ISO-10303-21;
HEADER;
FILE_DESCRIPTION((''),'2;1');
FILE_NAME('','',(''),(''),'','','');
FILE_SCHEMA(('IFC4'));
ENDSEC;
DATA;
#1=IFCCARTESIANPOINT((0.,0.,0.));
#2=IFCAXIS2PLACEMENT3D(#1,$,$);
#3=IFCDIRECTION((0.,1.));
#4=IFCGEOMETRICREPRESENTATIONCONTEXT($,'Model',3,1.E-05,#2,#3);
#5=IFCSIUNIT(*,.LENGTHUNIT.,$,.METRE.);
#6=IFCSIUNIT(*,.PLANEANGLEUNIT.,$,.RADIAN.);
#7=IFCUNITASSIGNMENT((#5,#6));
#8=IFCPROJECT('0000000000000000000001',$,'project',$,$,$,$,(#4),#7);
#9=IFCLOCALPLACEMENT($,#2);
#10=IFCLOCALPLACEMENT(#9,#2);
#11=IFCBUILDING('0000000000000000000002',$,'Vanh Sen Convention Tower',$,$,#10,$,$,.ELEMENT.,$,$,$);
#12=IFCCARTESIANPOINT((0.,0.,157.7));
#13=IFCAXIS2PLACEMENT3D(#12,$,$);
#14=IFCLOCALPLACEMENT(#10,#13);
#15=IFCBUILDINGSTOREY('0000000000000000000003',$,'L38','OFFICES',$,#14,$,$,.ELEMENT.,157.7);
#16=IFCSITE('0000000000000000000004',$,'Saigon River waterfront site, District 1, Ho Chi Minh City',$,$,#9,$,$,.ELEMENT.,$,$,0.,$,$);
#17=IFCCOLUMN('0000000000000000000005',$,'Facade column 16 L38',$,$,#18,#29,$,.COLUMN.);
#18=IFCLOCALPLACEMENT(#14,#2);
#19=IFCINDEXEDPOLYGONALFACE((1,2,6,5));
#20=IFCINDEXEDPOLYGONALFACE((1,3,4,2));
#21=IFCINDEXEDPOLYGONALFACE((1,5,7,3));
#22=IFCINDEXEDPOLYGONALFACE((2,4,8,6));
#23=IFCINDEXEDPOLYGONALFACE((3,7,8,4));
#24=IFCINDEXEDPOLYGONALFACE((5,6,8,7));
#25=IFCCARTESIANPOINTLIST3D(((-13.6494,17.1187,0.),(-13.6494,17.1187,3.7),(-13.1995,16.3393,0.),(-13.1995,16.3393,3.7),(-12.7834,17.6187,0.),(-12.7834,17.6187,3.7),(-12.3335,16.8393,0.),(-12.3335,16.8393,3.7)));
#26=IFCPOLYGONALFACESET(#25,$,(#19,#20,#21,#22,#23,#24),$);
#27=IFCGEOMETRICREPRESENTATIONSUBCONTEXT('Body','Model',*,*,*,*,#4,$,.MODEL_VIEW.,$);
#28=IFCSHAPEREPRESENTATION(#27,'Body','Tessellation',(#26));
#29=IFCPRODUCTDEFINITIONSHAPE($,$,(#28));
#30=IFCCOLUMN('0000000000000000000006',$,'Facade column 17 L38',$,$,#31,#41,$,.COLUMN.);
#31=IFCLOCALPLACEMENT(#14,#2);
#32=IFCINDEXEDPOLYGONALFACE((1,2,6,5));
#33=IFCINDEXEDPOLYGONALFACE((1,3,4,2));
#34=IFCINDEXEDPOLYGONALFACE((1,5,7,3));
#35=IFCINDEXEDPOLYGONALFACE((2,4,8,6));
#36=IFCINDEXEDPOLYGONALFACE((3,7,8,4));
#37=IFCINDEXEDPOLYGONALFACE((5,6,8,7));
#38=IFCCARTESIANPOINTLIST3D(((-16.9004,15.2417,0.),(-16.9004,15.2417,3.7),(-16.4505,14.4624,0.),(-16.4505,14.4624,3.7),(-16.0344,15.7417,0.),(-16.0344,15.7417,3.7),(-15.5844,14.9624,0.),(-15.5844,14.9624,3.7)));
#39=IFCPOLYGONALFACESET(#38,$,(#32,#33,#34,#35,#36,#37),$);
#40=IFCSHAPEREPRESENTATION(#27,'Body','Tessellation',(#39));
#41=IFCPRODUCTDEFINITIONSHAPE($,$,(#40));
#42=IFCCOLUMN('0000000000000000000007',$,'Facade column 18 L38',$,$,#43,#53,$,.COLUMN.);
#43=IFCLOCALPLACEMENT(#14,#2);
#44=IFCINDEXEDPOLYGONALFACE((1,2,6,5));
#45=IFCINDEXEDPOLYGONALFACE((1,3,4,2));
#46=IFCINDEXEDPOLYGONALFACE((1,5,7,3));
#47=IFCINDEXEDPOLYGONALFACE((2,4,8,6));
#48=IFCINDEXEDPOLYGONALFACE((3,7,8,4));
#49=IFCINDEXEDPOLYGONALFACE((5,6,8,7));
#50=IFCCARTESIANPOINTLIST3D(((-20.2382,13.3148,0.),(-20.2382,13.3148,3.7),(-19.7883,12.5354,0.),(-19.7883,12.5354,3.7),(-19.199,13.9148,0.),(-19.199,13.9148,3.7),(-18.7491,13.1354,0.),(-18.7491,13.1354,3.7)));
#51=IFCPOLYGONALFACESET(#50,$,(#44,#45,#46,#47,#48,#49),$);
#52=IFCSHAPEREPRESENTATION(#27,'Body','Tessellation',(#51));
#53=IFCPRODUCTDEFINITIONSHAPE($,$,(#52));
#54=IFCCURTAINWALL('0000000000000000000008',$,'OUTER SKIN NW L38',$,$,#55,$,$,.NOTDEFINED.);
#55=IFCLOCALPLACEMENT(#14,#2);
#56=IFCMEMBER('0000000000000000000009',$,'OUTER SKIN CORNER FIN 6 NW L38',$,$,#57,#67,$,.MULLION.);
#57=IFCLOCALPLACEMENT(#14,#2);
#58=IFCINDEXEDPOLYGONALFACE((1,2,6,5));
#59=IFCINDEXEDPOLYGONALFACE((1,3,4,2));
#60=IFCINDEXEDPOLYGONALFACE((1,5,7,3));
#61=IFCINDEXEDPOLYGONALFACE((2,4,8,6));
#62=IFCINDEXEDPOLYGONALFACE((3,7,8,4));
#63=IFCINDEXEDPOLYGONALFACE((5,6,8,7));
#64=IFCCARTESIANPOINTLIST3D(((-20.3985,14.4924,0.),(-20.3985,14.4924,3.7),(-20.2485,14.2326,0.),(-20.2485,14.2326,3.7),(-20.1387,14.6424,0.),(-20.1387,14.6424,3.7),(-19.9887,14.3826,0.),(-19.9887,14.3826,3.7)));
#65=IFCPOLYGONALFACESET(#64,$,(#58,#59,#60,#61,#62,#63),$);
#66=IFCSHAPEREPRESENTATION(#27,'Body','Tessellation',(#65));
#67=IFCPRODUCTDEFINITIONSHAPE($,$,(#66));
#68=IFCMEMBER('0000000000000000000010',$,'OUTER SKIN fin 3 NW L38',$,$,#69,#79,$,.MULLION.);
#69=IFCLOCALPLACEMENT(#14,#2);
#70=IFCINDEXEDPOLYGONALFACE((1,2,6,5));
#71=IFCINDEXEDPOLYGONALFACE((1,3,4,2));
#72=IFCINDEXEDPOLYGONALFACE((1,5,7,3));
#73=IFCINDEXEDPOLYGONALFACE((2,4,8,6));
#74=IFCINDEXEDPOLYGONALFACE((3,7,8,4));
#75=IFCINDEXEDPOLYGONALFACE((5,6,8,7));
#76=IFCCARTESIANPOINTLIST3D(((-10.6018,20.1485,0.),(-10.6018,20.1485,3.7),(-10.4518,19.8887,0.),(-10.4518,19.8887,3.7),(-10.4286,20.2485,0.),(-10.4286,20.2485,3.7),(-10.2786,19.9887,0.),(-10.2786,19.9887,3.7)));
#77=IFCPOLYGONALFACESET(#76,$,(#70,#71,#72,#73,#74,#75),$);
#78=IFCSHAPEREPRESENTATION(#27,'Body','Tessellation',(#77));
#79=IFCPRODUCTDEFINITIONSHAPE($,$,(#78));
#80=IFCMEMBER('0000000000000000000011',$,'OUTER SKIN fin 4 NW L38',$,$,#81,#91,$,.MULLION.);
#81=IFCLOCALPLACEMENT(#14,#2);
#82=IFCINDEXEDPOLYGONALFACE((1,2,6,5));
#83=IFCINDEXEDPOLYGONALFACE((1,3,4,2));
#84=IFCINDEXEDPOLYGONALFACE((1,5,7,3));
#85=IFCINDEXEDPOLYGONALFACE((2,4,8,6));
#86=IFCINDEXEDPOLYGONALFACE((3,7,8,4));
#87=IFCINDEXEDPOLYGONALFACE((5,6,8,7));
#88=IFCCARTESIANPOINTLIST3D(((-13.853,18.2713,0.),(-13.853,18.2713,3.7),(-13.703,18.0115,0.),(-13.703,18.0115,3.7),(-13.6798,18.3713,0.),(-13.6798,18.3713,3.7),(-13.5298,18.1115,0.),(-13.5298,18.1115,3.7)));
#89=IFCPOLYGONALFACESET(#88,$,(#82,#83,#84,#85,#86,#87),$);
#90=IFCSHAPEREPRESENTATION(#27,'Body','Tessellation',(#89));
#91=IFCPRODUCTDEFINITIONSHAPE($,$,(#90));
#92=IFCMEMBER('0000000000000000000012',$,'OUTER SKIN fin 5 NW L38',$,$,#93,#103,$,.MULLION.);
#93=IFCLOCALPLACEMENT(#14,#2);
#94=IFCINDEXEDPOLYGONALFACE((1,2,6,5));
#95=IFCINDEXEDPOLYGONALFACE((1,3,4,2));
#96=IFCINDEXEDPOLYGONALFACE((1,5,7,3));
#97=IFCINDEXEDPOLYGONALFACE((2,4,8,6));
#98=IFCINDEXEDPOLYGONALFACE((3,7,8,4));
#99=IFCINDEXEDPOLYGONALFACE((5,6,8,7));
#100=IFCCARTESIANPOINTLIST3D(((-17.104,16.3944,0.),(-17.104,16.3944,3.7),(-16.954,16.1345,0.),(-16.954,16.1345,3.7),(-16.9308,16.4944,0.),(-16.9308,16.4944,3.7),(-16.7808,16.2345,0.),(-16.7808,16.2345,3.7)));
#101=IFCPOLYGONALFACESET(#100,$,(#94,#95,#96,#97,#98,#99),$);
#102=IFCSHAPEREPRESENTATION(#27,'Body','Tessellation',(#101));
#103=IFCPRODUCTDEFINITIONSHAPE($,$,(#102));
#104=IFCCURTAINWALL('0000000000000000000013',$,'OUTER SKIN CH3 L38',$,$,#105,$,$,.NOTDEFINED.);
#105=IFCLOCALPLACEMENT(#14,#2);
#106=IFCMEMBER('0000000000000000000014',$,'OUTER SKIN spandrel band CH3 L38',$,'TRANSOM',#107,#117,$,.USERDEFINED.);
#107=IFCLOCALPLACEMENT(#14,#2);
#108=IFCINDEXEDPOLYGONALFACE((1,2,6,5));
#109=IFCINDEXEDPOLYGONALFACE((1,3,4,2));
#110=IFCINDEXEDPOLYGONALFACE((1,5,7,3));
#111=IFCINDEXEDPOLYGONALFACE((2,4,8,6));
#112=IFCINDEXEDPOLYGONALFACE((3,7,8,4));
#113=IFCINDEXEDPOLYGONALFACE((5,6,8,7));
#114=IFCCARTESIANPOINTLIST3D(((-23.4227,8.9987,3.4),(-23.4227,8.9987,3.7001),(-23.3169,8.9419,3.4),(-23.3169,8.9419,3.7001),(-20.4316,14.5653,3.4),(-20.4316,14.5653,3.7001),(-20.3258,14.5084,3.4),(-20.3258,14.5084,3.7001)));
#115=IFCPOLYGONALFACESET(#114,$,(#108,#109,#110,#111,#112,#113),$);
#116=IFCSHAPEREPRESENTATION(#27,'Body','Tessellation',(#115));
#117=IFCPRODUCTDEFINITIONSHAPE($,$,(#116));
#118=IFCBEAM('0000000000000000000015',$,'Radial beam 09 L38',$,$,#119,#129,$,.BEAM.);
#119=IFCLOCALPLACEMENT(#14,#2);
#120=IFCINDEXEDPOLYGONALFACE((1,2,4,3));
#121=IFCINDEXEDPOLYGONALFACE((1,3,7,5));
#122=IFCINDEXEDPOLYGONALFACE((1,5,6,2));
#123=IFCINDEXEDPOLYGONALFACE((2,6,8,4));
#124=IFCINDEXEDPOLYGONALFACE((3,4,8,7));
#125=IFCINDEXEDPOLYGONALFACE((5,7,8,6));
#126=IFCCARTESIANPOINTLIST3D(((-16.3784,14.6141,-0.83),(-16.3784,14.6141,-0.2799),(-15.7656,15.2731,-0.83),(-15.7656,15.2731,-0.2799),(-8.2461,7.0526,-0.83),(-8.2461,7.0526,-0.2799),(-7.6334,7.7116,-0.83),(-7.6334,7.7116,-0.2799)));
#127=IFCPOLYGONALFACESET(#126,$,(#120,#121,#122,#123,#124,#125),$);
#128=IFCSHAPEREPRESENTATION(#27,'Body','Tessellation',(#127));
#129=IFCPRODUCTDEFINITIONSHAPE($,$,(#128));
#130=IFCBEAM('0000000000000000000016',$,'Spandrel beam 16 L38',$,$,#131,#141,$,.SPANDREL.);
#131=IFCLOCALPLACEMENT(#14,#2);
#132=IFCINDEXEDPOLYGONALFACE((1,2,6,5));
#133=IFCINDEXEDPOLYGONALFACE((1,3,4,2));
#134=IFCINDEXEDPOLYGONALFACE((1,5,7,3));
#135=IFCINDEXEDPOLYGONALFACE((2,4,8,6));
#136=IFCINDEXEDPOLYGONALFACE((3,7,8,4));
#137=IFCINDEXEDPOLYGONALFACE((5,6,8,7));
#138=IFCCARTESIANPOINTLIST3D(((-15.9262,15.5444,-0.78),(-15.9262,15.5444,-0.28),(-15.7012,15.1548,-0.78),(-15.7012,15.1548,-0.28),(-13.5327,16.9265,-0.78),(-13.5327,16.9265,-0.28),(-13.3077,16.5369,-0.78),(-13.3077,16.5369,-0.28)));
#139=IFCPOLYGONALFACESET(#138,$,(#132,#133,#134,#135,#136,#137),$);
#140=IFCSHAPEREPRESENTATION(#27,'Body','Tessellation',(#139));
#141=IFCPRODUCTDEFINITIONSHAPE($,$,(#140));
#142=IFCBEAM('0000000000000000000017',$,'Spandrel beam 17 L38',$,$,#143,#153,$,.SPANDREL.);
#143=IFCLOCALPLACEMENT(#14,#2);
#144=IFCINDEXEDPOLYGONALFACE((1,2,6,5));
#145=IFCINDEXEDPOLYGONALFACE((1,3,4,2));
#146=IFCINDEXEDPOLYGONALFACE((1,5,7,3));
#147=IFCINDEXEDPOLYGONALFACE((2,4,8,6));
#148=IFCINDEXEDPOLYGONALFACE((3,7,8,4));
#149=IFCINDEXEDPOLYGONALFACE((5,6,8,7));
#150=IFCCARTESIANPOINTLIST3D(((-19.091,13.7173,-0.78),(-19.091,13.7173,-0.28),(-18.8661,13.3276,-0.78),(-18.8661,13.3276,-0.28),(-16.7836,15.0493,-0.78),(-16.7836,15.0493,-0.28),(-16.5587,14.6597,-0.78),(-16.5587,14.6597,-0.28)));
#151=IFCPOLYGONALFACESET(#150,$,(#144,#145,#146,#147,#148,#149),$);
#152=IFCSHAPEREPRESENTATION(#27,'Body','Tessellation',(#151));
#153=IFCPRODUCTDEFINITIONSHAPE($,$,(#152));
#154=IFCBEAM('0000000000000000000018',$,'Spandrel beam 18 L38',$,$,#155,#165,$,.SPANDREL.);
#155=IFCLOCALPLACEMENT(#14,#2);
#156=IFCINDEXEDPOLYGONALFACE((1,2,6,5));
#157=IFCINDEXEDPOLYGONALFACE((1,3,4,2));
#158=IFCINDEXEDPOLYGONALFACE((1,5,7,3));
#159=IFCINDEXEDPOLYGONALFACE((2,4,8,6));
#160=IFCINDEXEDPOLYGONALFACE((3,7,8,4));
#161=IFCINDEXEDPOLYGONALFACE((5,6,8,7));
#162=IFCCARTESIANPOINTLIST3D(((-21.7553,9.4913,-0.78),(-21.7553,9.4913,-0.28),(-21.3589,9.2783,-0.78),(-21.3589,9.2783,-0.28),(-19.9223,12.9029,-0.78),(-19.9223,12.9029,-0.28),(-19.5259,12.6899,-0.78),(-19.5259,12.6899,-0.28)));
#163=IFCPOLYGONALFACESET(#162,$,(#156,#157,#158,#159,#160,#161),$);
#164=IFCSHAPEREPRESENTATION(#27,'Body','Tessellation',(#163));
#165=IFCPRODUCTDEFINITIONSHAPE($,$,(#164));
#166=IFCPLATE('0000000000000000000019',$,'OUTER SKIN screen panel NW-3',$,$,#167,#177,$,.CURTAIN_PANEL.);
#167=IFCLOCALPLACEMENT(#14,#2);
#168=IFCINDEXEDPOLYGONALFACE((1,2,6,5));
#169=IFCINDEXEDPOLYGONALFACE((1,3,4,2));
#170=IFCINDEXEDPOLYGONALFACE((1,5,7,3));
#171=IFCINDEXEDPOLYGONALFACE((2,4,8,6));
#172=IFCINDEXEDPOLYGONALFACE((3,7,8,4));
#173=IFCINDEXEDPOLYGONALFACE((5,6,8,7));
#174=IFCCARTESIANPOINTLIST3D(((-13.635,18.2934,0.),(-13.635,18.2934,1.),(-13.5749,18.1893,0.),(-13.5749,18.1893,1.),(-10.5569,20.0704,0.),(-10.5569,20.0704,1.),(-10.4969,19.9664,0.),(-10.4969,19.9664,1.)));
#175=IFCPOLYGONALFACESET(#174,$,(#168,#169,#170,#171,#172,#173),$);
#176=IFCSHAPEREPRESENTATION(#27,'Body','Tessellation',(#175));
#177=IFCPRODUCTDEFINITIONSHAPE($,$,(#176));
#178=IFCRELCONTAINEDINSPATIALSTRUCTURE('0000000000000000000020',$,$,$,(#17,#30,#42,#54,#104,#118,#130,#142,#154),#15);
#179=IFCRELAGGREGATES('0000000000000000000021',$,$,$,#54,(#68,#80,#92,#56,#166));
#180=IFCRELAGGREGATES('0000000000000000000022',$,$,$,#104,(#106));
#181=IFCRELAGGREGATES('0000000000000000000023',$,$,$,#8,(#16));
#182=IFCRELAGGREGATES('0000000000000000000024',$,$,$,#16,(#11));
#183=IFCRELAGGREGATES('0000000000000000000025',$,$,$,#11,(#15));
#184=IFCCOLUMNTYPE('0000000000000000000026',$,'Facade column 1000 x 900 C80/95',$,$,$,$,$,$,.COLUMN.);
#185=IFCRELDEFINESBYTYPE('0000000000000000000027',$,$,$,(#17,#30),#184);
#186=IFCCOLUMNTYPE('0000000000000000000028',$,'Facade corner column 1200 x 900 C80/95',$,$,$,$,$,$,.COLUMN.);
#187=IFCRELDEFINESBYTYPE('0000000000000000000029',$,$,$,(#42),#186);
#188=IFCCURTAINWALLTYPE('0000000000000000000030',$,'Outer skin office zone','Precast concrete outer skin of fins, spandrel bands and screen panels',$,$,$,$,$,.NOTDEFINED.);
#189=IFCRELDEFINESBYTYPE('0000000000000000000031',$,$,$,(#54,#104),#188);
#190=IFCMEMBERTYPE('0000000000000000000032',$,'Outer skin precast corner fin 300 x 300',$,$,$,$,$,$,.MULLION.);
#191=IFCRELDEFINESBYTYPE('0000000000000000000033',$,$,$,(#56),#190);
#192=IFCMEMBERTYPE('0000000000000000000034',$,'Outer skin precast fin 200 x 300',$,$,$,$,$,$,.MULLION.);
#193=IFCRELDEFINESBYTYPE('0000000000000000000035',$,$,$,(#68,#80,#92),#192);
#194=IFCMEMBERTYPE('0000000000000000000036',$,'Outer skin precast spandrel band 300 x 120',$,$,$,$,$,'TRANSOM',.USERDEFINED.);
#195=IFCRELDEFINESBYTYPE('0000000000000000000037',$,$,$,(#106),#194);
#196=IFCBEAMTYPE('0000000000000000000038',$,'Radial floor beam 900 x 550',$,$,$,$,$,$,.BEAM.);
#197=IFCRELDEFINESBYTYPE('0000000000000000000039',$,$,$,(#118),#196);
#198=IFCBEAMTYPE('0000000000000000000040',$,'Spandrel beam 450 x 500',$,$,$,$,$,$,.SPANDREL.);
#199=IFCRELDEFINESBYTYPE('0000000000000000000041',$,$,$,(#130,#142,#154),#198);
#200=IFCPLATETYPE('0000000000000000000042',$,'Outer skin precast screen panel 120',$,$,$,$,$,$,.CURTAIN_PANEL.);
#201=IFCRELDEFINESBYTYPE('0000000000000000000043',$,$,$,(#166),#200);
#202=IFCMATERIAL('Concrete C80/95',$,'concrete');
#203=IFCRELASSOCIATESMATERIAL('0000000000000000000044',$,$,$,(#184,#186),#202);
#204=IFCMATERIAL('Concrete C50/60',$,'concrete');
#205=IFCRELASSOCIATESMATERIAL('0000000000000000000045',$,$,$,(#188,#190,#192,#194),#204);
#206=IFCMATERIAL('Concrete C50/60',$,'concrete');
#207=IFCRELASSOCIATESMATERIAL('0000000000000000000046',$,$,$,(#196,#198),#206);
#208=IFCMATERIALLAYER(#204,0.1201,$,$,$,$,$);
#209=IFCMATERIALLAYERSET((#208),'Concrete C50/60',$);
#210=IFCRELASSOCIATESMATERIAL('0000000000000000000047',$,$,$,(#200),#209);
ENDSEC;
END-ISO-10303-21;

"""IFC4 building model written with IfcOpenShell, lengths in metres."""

from ifc_helpers import new_model, si_unit, direction, frame, origin, origin_2d, place, context, subcontext, project, spatial, rectangle, extrude, material, layer, layer_set, material_profile, profile_set, type_object, element, aggregate, save


model = new_model("IFC4")

# Units and contexts
model_context = context("Model", 3, precision=1e-05, world=origin(), true_north=direction((0.0, 1.0)))
body_context = subcontext(model_context, "Body", "Model", "MODEL_VIEW")
ifc_project = project(units=[si_unit("LENGTHUNIT", "METRE"), si_unit("PLANEANGLEUNIT", "RADIAN")], contexts=[model_context])

# Site, building, storey
site_placement = place(None, origin())
site = spatial("IfcSite", under=ifc_project, at=site_placement, Name="Saigon River waterfront site, District 1, Ho Chi Minh City", CompositionType="ELEMENT", RefElevation=0.0)
building_placement = place(site_placement, origin())
building = spatial("IfcBuilding", under=site, at=building_placement, Name="Vanh Sen Convention Tower", CompositionType="ELEMENT")
storey_placement = place(building_placement, frame((0.0, 0.0, 157.7)))
storey = spatial("IfcBuildingStorey", under=building, at=storey_placement, Name="L38", Description="OFFICES", CompositionType="ELEMENT", Elevation=157.7)

# Columns
ifc_material_1 = material(Name="Concrete C80/95", Category="concrete")
ifc_material_profile_1 = material_profile(ifc_material_1, rectangle(XDim=1.0, YDim=0.8999, at=origin_2d()), Name="RC 1000X900")
ifc_profile_set_1 = profile_set([ifc_material_profile_1], Name="Concrete C80/95")
column_type_1 = type_object("IfcColumnType", Name="Facade column 1000 x 900 C80/95", PredefinedType="COLUMN", material=ifc_profile_set_1)
for number, where, z_axis, x_axis, name in (
    (1, (-12.9915, 16.979, 0.0), (0.0, 0.0, 1.0), (-0.866025, -0.5, 0.0), "Facade column 16 L38"),
    (2, (-16.2424, 15.1021, 0.0), (0.0, 0.0, 1.0), (-0.866025, -0.5, 0.0), "Facade column 17 L38"),
):
    element("IfcColumn", number, at=place(storey_placement, frame(where, z_axis=z_axis, x_axis=x_axis)), inside=storey, type_object=column_type_1, Name=name, PredefinedType="COLUMN", context=body_context, shape_type="SweptSolid", body=[
        extrude(rectangle(XDim=1.0, YDim=0.8999, at=origin_2d()), origin(), (0.0, 0.0, 1.0), 3.7),
    ])
ifc_material_profile_2 = material_profile(ifc_material_1, rectangle(XDim=1.2, YDim=0.8999, at=origin_2d()), Name="RC 1200X900")
ifc_profile_set_2 = profile_set([ifc_material_profile_2], Name="Concrete C80/95")
column_type_2 = type_object("IfcColumnType", Name="Facade corner column 1200 x 900 C80/95", PredefinedType="COLUMN", material=ifc_profile_set_2)
column_placement = place(storey_placement, frame((-19.4937, 13.2251, 0.0), z_axis=(0.0, 0.0, 1.0), x_axis=(-0.866025, -0.5, 0.0)))
element("IfcColumn", 3, at=column_placement, inside=storey, type_object=column_type_2, Name="Facade column 18 L38", PredefinedType="COLUMN", context=body_context, shape_type="SweptSolid", body=[
    extrude(rectangle(XDim=1.2, YDim=0.8999, at=origin_2d()), origin(), (0.0, 0.0, 1.0), 3.7),
])

# Curtain wall, members
ifc_material_2 = material(Name="Concrete C50/60", Category="concrete")
curtain_wall_type = type_object("IfcCurtainWallType", Name="Outer skin office zone", Description="Precast concrete outer skin of fins, spandrel bands and screen panels", PredefinedType="NOTDEFINED", material=ifc_material_2)
curtain_wall_1_placement = place(storey_placement, origin())
curtain_wall_1 = element("IfcCurtainWall", 4, at=curtain_wall_1_placement, inside=storey, type_object=curtain_wall_type, Name="OUTER SKIN NW L38", PredefinedType="NOTDEFINED")
ifc_material_profile_3 = material_profile(ifc_material_2, rectangle(XDim=0.3, YDim=0.3, at=origin_2d()), Name="Outer skin precast corner fin 300 x 300")
ifc_profile_set_3 = profile_set([ifc_material_profile_3], Name="Concrete C50/60")
member_type_1 = type_object("IfcMemberType", Name="Outer skin precast corner fin 300 x 300", PredefinedType="MULLION", material=ifc_profile_set_3)
member_1_placement = place(storey_placement, frame((-20.1936, 14.4375, 0.0), z_axis=(0.0, 0.0, 1.0), x_axis=(-0.866025, -0.5, 0.0)))
member_1 = element("IfcMember", 5, at=member_1_placement, type_object=member_type_1, Name="OUTER SKIN CORNER FIN 6 NW L38", PredefinedType="MULLION", context=body_context, shape_type="SweptSolid", body=[
    extrude(rectangle(XDim=0.3, YDim=0.3, at=origin_2d()), origin(), (0.0, 0.0, 1.0), 3.7),
])
ifc_material_profile_4 = material_profile(ifc_material_2, rectangle(XDim=0.2, YDim=0.3, at=origin_2d()), Name="Outer skin precast fin 200 x 300")
ifc_profile_set_4 = profile_set([ifc_material_profile_4], Name="Concrete C50/60")
member_type_2 = type_object("IfcMemberType", Name="Outer skin precast fin 200 x 300", PredefinedType="MULLION", material=ifc_profile_set_4)
member_2_placement = place(storey_placement, frame((-10.4402, 20.0686, 0.0), z_axis=(0.0, 0.0, 1.0), x_axis=(-0.866025, -0.5, 0.0)))
member_2 = element("IfcMember", 6, at=member_2_placement, type_object=member_type_2, Name="OUTER SKIN fin 3 NW L38", PredefinedType="MULLION", context=body_context, shape_type="SweptSolid", body=[
    extrude(rectangle(XDim=0.2, YDim=0.3, at=origin_2d()), origin(), (0.0, 0.0, 1.0), 3.7),
])
member_3_placement = place(storey_placement, frame((-13.6914, 18.1914, 0.0), z_axis=(0.0, 0.0, 1.0), x_axis=(-0.866025, -0.5, 0.0)))
member_3 = element("IfcMember", 7, at=member_3_placement, type_object=member_type_2, Name="OUTER SKIN fin 4 NW L38", PredefinedType="MULLION", context=body_context, shape_type="SweptSolid", body=[
    extrude(rectangle(XDim=0.2, YDim=0.3, at=origin_2d()), origin(), (0.0, 0.0, 1.0), 3.7),
])
member_4_placement = place(storey_placement, frame((-16.9424, 16.3145, 0.0), z_axis=(0.0, 0.0, 1.0), x_axis=(-0.866025, -0.5, 0.0)))
member_4 = element("IfcMember", 8, at=member_4_placement, type_object=member_type_2, Name="OUTER SKIN fin 5 NW L38", PredefinedType="MULLION", context=body_context, shape_type="SweptSolid", body=[
    extrude(rectangle(XDim=0.2, YDim=0.3, at=origin_2d()), origin(), (0.0, 0.0, 1.0), 3.7),
])

# Curtain wall, member
curtain_wall_2_placement = place(storey_placement, origin())
curtain_wall_2 = element("IfcCurtainWall", 9, at=curtain_wall_2_placement, inside=storey, type_object=curtain_wall_type, Name="OUTER SKIN CH3 L38", PredefinedType="NOTDEFINED")
ifc_material_profile_5 = material_profile(ifc_material_2, rectangle(XDim=0.1201, YDim=0.3, at=origin_2d()), Name="Outer skin precast spandrel band 300 x 120")
ifc_profile_set_5 = profile_set([ifc_material_profile_5], Name="Concrete C50/60")
member_type_3 = type_object("IfcMemberType", Name="Outer skin precast spandrel band 300 x 120", ElementType="TRANSOM", PredefinedType="USERDEFINED", material=ifc_profile_set_5)
member_5_placement = place(storey_placement, frame((-20.3787, 14.5369, 3.55), z_axis=(-0.473337, -0.880881, 0.0), x_axis=(0.880881, -0.473337, 0.0)))
member_5 = element("IfcMember", 10, at=member_5_placement, type_object=member_type_3, Name="OUTER SKIN spandrel band CH3 L38", ObjectType="TRANSOM", PredefinedType="USERDEFINED", context=body_context, shape_type="SweptSolid", body=[
    extrude(rectangle(XDim=0.1201, YDim=0.3, at=origin_2d()), origin(), (0.0, 0.0, 1.0), 6.3193),
])

# Beams
ifc_material_3 = material(Name="Concrete C50/60", Category="concrete")
ifc_material_profile_6 = material_profile(ifc_material_3, rectangle(XDim=0.8999, YDim=0.55, at=origin_2d()), Name="RC 900X550")
ifc_profile_set_6 = profile_set([ifc_material_profile_6], Name="Concrete C50/60")
beam_type_1 = type_object("IfcBeamType", Name="Radial floor beam 900 x 550", PredefinedType="BEAM", material=ifc_profile_set_6)
beam_1_placement = place(storey_placement, frame((-16.072, 14.9436, -0.5549), z_axis=(0.732341, -0.680938, 0.0), x_axis=(0.680938, 0.732341, 0.0)))
element("IfcBeam", 11, at=beam_1_placement, inside=storey, type_object=beam_type_1, Name="Radial beam 09 L38", PredefinedType="BEAM", context=body_context, shape_type="SweptSolid", body=[
    extrude(rectangle(XDim=0.8999, YDim=0.55, at=origin_2d()), origin(), (0.0, 0.0, 1.0), 11.1045),
])
ifc_material_profile_7 = material_profile(ifc_material_3, rectangle(XDim=0.45, YDim=0.5, at=origin_2d()), Name="RC 450X500")
ifc_profile_set_7 = profile_set([ifc_material_profile_7], Name="Concrete C50/60")
beam_type_2 = type_object("IfcBeamType", Name="Spandrel beam 450 x 500", PredefinedType="SPANDREL", material=ifc_profile_set_7)
beam_2_placement = place(storey_placement, frame((-13.4202, 16.7317, -0.53), z_axis=(-0.866, -0.500044, 0.0), x_axis=(0.500044, -0.866, 0.0)))
element("IfcBeam", 12, at=beam_2_placement, inside=storey, type_object=beam_type_2, Name="Spandrel beam 16 L38", PredefinedType="SPANDREL", context=body_context, shape_type="SweptSolid", body=[
    extrude(rectangle(XDim=0.45, YDim=0.5, at=origin_2d()), origin(), (0.0, 0.0, 1.0), 2.7639),
])
beam_3_placement = place(storey_placement, frame((-16.6711, 14.8545, -0.53), z_axis=(-0.866047, -0.499963, 0.0), x_axis=(0.499963, -0.866047, 0.0)))
element("IfcBeam", 13, at=beam_3_placement, inside=storey, type_object=beam_type_2, Name="Spandrel beam 17 L38", PredefinedType="SPANDREL", context=body_context, shape_type="SweptSolid", body=[
    extrude(rectangle(XDim=0.45, YDim=0.5, at=origin_2d()), origin(), (0.0, 0.0, 1.0), 2.6643),
])
beam_4_placement = place(storey_placement, frame((-19.7241, 12.7964, -0.53), z_axis=(-0.473295, -0.880904, 0.0), x_axis=(0.880904, -0.473295, 0.0)))
element("IfcBeam", 14, at=beam_4_placement, inside=storey, type_object=beam_type_2, Name="Spandrel beam 18 L38", PredefinedType="SPANDREL", context=body_context, shape_type="SweptSolid", body=[
    extrude(rectangle(XDim=0.45, YDim=0.5, at=origin_2d()), origin(), (0.0, 0.0, 1.0), 3.8728),
])

# Plate
ifc_layer_1 = layer(ifc_material_2, 0.1201)
ifc_layer_set_1 = layer_set([ifc_layer_1], Name="Concrete C50/60")
plate_type = type_object("IfcPlateType", Name="Outer skin precast screen panel 120", PredefinedType="CURTAIN_PANEL", material=ifc_layer_set_1)
plate_1_placement = place(storey_placement, frame((-12.0659, 19.1299, 0.0), z_axis=(0.0, 0.0, 1.0), x_axis=(-0.866035, -0.499983, 0.0)))
plate_1 = element("IfcPlate", 15, at=plate_1_placement, type_object=plate_type, Name="OUTER SKIN screen panel NW-3", PredefinedType="CURTAIN_PANEL", context=body_context, shape_type="SweptSolid", body=[
    extrude(rectangle(XDim=3.5542, YDim=0.1201, at=origin_2d()), origin(), (0.0, 0.0, 1.0), 1.0),
])
aggregate(curtain_wall_1, [member_2, member_3, member_4, member_1, plate_1])
aggregate(curtain_wall_2, [member_5])

save(model, "model.ifc")
